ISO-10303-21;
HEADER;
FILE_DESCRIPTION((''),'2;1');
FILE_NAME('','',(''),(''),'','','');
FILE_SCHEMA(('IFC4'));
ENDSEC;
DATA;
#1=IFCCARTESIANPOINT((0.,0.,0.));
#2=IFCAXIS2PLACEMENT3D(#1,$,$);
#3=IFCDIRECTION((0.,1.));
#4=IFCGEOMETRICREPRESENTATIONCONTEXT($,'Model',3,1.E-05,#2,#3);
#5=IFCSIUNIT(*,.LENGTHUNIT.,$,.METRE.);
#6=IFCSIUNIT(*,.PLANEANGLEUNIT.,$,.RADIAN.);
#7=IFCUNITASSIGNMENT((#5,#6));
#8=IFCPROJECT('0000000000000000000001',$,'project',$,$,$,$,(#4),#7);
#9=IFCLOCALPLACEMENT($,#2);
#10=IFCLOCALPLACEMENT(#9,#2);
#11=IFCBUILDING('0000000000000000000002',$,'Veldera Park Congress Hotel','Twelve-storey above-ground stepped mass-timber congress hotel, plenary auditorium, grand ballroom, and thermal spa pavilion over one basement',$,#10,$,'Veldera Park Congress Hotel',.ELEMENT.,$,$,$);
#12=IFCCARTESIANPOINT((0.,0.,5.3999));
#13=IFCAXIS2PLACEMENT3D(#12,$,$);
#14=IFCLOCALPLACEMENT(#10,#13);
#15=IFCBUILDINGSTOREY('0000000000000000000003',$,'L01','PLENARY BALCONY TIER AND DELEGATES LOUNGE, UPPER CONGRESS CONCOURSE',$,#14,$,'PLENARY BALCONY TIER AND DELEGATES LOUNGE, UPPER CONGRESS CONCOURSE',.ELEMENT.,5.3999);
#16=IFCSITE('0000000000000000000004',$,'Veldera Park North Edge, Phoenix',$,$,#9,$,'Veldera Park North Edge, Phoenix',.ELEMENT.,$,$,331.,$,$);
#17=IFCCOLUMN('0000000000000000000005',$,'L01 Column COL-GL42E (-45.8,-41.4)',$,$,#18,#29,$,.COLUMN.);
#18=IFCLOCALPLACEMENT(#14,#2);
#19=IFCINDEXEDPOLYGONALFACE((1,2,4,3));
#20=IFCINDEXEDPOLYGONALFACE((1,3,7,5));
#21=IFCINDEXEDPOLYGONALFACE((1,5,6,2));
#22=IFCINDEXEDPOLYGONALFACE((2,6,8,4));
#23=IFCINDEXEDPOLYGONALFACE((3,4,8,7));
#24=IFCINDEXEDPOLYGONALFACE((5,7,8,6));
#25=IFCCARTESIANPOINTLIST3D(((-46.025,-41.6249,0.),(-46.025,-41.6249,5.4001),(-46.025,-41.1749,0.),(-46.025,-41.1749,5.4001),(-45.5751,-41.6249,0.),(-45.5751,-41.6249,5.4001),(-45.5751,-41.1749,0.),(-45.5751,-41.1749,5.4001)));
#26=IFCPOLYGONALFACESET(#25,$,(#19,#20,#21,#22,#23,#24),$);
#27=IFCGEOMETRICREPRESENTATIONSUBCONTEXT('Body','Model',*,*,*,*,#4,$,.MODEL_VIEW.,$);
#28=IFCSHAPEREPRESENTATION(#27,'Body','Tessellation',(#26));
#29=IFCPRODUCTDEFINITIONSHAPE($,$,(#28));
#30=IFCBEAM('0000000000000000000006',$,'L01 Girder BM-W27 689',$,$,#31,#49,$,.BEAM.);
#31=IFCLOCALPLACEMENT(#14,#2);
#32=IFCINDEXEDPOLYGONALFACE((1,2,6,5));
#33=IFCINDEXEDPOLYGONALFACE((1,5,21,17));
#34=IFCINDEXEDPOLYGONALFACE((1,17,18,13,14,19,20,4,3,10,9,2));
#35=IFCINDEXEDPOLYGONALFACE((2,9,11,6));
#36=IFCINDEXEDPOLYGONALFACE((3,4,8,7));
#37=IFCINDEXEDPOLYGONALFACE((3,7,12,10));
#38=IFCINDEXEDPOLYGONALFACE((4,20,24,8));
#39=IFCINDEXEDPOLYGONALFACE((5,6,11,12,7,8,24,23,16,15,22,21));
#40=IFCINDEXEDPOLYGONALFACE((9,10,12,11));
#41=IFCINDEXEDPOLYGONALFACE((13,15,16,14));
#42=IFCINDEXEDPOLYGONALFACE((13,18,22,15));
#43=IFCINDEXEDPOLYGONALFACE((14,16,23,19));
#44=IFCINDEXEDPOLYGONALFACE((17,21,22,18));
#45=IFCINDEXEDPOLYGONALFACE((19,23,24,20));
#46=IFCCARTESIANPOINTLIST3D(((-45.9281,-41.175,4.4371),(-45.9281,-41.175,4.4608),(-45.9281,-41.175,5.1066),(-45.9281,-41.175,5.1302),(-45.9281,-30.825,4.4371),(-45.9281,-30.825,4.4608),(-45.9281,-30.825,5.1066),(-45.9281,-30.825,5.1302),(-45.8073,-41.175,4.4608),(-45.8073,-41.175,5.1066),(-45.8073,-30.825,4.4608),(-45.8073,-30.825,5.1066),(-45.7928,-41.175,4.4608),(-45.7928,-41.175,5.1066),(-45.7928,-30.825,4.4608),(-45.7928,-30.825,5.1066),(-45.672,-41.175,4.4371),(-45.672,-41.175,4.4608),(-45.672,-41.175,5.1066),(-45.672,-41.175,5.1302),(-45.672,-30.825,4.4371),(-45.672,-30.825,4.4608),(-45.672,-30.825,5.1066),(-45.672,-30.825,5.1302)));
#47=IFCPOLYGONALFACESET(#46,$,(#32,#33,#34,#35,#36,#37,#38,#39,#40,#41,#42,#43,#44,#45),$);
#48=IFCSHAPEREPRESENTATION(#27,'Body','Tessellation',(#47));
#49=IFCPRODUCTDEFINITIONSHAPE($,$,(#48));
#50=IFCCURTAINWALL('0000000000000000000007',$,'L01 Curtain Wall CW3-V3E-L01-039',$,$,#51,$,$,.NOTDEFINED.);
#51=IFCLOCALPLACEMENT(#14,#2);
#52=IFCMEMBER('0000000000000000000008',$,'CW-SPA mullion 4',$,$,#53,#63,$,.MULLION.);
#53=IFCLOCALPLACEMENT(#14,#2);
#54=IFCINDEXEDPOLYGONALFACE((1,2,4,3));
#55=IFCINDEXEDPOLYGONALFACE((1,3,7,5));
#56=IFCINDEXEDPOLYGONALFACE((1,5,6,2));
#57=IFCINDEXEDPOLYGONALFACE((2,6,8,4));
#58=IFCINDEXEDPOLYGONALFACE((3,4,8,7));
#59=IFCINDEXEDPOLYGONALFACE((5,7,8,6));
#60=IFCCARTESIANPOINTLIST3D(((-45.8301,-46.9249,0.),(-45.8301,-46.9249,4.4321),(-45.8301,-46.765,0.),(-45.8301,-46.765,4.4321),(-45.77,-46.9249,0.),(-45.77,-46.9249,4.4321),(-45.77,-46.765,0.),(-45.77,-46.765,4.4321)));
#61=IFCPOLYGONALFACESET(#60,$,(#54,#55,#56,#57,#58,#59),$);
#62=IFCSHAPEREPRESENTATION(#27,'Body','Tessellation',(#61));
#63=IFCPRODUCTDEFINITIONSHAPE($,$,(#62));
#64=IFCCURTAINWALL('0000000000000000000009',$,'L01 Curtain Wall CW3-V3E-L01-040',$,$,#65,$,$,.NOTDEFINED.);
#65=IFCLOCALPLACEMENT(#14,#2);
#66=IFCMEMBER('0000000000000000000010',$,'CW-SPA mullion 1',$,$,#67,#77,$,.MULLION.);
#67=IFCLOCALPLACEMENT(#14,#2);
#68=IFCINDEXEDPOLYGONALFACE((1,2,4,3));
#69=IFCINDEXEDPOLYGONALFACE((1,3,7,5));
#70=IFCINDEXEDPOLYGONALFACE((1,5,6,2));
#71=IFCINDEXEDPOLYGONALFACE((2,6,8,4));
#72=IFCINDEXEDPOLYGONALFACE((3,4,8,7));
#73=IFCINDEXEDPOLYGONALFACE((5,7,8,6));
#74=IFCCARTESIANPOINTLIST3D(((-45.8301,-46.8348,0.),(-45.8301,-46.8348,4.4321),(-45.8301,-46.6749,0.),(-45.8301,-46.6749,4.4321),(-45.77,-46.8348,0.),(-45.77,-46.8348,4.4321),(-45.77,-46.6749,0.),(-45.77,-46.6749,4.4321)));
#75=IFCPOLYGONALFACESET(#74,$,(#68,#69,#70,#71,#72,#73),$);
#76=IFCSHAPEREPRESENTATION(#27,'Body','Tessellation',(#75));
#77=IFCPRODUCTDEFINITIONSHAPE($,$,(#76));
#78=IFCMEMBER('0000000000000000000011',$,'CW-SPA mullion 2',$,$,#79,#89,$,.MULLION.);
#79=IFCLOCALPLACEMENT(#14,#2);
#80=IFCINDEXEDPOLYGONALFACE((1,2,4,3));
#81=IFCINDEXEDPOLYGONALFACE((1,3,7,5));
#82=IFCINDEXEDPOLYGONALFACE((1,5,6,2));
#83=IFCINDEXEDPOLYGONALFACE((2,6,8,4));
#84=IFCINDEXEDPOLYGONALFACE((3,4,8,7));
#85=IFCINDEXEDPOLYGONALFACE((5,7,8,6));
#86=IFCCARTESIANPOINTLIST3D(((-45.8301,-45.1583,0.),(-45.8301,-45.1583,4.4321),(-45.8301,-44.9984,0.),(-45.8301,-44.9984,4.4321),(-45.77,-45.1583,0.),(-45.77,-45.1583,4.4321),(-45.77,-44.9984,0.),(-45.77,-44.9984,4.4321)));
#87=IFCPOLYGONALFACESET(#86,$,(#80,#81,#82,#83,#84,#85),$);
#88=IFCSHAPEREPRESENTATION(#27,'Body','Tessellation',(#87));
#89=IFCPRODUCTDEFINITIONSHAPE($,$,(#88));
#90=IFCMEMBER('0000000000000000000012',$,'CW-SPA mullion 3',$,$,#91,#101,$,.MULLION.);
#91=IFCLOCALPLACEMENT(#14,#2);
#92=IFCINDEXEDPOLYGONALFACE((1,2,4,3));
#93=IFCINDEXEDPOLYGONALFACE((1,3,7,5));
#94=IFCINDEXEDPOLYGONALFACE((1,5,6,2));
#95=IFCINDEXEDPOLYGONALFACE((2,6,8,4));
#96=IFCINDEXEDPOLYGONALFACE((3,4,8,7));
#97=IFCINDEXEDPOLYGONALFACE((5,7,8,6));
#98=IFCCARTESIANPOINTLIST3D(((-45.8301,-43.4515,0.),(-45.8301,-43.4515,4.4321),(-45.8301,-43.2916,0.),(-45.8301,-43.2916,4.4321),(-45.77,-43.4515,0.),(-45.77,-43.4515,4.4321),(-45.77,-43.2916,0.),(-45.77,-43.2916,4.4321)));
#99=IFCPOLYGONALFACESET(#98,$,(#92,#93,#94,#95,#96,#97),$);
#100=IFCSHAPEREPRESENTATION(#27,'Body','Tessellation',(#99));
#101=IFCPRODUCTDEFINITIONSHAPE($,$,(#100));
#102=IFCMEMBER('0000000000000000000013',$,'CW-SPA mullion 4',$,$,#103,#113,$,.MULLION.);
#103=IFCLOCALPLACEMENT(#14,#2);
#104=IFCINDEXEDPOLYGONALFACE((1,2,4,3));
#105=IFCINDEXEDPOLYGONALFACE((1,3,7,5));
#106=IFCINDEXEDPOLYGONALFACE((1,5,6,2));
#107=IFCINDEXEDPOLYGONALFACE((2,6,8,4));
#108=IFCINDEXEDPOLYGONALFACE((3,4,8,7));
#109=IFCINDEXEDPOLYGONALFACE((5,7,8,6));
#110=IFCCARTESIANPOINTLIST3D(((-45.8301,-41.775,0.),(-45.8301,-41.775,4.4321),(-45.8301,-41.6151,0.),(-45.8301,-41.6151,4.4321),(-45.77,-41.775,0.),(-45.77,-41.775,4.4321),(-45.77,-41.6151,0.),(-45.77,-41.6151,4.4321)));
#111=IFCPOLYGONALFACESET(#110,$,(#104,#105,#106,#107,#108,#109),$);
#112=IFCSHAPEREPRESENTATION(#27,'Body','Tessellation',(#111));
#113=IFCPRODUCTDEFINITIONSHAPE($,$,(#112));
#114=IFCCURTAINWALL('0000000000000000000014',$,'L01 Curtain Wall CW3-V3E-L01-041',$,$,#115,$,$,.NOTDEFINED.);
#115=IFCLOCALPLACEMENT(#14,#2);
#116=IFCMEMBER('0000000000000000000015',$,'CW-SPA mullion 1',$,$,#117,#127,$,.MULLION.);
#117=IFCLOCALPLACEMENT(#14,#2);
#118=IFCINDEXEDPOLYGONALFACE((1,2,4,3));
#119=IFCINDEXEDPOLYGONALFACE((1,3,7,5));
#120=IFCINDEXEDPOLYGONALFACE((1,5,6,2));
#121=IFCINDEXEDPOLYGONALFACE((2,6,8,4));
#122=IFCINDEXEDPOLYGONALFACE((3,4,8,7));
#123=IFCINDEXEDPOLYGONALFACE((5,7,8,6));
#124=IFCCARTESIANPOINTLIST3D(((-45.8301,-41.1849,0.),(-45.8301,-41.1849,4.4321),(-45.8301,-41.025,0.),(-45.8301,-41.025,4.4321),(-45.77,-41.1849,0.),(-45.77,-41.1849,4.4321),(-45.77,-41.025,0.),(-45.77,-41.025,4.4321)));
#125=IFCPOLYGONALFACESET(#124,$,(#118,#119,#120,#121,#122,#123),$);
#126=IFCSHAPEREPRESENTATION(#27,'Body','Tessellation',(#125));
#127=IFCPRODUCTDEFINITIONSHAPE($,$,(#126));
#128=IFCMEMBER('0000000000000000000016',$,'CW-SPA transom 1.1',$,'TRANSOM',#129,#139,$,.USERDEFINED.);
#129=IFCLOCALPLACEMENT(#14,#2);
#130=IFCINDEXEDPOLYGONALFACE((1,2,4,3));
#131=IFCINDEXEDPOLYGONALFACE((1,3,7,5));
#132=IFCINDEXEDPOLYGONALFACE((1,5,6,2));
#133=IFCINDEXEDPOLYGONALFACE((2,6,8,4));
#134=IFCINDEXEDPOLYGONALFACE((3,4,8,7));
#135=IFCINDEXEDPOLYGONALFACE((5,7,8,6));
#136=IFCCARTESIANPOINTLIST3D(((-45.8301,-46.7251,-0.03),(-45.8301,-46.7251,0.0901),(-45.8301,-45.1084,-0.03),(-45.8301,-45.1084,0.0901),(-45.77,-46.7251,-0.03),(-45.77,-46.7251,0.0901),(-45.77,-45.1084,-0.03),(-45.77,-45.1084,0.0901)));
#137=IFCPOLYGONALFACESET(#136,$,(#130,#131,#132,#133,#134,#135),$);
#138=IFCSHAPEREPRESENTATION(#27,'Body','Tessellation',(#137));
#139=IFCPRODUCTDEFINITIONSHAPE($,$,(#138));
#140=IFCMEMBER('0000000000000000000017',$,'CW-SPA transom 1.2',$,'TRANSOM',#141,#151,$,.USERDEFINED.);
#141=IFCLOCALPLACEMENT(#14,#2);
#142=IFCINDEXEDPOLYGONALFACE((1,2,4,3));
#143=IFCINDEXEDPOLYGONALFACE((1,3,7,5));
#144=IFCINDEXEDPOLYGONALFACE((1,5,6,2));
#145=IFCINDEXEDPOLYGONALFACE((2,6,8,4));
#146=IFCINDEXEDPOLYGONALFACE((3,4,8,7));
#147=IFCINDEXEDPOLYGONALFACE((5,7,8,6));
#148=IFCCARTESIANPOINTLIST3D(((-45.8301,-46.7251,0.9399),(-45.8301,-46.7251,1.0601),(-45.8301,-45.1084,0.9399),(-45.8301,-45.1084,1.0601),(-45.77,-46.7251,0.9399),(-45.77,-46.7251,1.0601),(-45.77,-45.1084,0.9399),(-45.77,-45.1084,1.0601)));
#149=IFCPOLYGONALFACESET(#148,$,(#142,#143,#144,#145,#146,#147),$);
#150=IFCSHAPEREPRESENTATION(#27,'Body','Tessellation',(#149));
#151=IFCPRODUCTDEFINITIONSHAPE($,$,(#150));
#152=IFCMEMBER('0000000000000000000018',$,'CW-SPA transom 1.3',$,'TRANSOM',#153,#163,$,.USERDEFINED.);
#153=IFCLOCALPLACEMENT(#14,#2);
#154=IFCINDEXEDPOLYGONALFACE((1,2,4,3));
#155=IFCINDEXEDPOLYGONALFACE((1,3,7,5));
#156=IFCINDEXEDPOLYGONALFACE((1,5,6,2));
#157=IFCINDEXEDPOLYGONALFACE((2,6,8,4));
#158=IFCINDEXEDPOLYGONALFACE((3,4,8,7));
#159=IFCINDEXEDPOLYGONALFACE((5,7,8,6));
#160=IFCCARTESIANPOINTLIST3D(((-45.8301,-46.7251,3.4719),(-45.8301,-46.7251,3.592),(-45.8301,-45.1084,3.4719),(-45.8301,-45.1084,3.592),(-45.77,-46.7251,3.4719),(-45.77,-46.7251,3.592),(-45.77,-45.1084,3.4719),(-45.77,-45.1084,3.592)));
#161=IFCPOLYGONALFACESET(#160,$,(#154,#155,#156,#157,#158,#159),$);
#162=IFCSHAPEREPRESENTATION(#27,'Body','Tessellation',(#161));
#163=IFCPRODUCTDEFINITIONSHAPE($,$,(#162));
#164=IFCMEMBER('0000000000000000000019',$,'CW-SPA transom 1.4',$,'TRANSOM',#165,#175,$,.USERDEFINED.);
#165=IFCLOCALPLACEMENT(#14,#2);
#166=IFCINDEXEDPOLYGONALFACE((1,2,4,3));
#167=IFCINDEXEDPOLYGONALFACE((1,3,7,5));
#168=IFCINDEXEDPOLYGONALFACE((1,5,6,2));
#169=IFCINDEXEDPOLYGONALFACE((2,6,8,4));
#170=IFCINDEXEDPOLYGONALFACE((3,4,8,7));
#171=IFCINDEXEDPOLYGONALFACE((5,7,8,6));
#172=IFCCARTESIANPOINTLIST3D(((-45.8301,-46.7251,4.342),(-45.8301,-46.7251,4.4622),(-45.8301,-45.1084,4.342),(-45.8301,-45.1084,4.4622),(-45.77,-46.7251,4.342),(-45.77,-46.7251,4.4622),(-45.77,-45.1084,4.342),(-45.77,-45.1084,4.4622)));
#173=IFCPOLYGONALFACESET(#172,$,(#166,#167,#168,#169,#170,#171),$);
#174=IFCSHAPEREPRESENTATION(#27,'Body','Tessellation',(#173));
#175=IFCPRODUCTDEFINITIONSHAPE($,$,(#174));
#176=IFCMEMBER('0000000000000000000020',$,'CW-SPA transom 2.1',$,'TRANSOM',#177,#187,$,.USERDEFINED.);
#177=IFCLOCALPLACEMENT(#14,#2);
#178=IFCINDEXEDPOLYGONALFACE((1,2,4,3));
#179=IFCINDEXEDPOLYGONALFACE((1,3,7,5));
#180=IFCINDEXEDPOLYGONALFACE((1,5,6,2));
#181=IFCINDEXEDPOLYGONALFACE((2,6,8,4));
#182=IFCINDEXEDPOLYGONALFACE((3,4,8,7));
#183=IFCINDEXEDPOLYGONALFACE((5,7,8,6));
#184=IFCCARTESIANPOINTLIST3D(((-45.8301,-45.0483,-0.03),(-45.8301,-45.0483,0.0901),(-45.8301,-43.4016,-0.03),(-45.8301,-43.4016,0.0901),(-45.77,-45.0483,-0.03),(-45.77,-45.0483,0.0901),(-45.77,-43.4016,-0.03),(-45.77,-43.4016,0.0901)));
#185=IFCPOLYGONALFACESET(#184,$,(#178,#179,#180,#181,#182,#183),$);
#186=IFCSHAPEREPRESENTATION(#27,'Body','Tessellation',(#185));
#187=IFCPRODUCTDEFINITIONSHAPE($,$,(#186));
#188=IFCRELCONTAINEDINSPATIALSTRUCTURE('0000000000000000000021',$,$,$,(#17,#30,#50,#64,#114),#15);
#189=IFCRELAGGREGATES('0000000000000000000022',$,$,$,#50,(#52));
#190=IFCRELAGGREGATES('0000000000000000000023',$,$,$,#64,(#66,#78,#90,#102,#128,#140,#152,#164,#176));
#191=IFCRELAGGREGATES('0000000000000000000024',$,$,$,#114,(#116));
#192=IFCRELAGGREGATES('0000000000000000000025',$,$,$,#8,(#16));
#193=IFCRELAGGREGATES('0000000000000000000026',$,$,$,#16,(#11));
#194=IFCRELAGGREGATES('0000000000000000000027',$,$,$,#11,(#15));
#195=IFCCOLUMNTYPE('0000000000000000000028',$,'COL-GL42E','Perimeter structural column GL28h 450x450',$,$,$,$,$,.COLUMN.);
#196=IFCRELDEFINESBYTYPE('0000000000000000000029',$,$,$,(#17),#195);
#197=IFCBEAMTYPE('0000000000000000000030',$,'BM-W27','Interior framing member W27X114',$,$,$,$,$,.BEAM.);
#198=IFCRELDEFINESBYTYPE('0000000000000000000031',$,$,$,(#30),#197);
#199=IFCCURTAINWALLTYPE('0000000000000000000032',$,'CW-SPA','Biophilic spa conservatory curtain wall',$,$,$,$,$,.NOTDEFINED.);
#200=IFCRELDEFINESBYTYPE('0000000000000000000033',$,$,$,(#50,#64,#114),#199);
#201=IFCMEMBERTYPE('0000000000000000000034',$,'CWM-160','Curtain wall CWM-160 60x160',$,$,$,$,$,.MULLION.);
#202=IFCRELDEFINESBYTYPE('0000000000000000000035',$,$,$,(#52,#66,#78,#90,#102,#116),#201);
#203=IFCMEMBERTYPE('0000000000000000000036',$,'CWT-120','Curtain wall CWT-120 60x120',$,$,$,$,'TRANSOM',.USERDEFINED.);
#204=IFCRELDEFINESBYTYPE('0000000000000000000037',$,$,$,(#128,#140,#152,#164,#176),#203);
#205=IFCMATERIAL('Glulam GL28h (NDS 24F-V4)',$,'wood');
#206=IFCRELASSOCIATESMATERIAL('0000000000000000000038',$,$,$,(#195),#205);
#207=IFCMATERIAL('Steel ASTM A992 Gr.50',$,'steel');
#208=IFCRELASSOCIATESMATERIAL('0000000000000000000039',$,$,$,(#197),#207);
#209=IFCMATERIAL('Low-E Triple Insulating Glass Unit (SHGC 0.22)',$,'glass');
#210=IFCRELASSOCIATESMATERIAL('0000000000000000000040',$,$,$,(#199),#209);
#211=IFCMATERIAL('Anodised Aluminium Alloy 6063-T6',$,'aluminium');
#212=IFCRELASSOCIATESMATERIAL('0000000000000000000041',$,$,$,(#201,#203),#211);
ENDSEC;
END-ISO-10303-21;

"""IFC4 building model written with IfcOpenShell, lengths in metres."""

from ifc_helpers import new_model, si_unit, direction, frame, origin, origin_2d, place, context, subcontext, project, spatial, rectangle, i_section, extrude, material, material_profile, profile_set, type_object, element, aggregate, save


model = new_model("IFC4")

# Units and contexts
model_context = context("Model", 3, precision=1e-05, world=origin(), true_north=direction((0.0, 1.0)))
body_context = subcontext(model_context, "Body", "Model", "MODEL_VIEW")
ifc_project = project(units=[si_unit("LENGTHUNIT", "METRE"), si_unit("PLANEANGLEUNIT", "RADIAN")], contexts=[model_context])

# Site, building, storey
site_placement = place(None, origin())
site = spatial("IfcSite", under=ifc_project, at=site_placement, Name="Veldera Park North Edge, Phoenix", LongName="Veldera Park North Edge, Phoenix", CompositionType="ELEMENT", RefElevation=331.0)
building_placement = place(site_placement, origin())
building = spatial("IfcBuilding", under=site, at=building_placement, Name="Veldera Park Congress Hotel", Description="Twelve-storey above-ground stepped mass-timber congress hotel, plenary auditorium, grand ballroom, and thermal spa pavilion over one basement", LongName="Veldera Park Congress Hotel", CompositionType="ELEMENT")
storey_placement = place(building_placement, frame((0.0, 0.0, 5.3999)))
storey = spatial("IfcBuildingStorey", under=building, at=storey_placement, Name="L01", Description="PLENARY BALCONY TIER AND DELEGATES LOUNGE, UPPER CONGRESS CONCOURSE", LongName="PLENARY BALCONY TIER AND DELEGATES LOUNGE, UPPER CONGRESS CONCOURSE", CompositionType="ELEMENT", Elevation=5.3999)

# Column
ifc_material_1 = material(Name="Glulam GL28h (NDS 24F-V4)", Category="wood")
ifc_material_profile_1 = material_profile(ifc_material_1, rectangle(XDim=0.45, YDim=0.45, at=origin_2d()), Name="GL28h 450x450")
ifc_profile_set_1 = profile_set([ifc_material_profile_1], Name="Glulam GL28h (NDS 24F-V4)")
column_type = type_object("IfcColumnType", Name="COL-GL42E", Description="Perimeter structural column GL28h 450x450", PredefinedType="COLUMN", material=ifc_profile_set_1)
column_placement = place(storey_placement, frame((-45.8, -41.3999, 0.0), z_axis=(0.0, 0.0, 1.0), x_axis=(1.0, 0.0, 0.0)))
element("IfcColumn", 1, at=column_placement, inside=storey, type_object=column_type, Name="L01 Column COL-GL42E (-45.8,-41.4)", PredefinedType="COLUMN", context=body_context, shape_type="SweptSolid", body=[
    extrude(rectangle(XDim=0.45, YDim=0.45, at=origin_2d()), origin(), (0.0, 0.0, 1.0), 5.4001),
])

# Beam
ifc_material_2 = material(Name="Steel ASTM A992 Gr.50", Category="steel")
ifc_material_profile_2 = material_profile(ifc_material_2, i_section(OverallWidth=0.2561, OverallDepth=0.6931, WebThickness=0.0144, FlangeThickness=0.0237, at=origin_2d()), Name="W27X114")
ifc_profile_set_2 = profile_set([ifc_material_profile_2], Name="Steel ASTM A992 Gr.50")
beam_type = type_object("IfcBeamType", Name="BM-W27", Description="Interior framing member W27X114", PredefinedType="BEAM", material=ifc_profile_set_2)
beam_placement = place(storey_placement, frame((-45.8, -41.175, 4.7837), z_axis=(0.0, 1.0, 0.0), x_axis=(-1.0, 0.0, 0.0)))
element("IfcBeam", 2, at=beam_placement, inside=storey, type_object=beam_type, Name="L01 Girder BM-W27 689", PredefinedType="BEAM", context=body_context, shape_type="SweptSolid", body=[
    extrude(i_section(OverallWidth=0.2561, OverallDepth=0.6931, WebThickness=0.0144, FlangeThickness=0.0237, at=origin_2d()), origin(), (0.0, 0.0, 1.0), 10.3501),
])

# Curtain wall, member
ifc_material_3 = material(Name="Low-E Triple Insulating Glass Unit (SHGC 0.22)", Category="glass")
curtain_wall_type = type_object("IfcCurtainWallType", Name="CW-SPA", Description="Biophilic spa conservatory curtain wall", PredefinedType="NOTDEFINED", material=ifc_material_3)
curtain_wall_1_placement = place(storey_placement, origin())
curtain_wall_1 = element("IfcCurtainWall", 3, at=curtain_wall_1_placement, inside=storey, type_object=curtain_wall_type, Name="L01 Curtain Wall CW3-V3E-L01-039", PredefinedType="NOTDEFINED")
ifc_material_4 = material(Name="Anodised Aluminium Alloy 6063-T6", Category="aluminium")
ifc_material_profile_3 = material_profile(ifc_material_4, rectangle(XDim=0.0601, YDim=0.1599, at=origin_2d()), Name="ALU 60x160")
ifc_profile_set_3 = profile_set([ifc_material_profile_3], Name="Anodised Aluminium Alloy 6063-T6")
member_type_1 = type_object("IfcMemberType", Name="CWM-160", Description="Curtain wall CWM-160 60x160", PredefinedType="MULLION", material=ifc_profile_set_3)
member_1_placement = place(storey_placement, frame((-45.8, -46.845, 0.0), z_axis=(0.0, 0.0, 1.0), x_axis=(-1.0, 0.0, 0.0)))
member_1 = element("IfcMember", 4, at=member_1_placement, type_object=member_type_1, Name="CW-SPA mullion 4", PredefinedType="MULLION", context=body_context, shape_type="SweptSolid", body=[
    extrude(rectangle(XDim=0.0601, YDim=0.1599, at=origin_2d()), origin(), (0.0, 0.0, 1.0), 4.4321),
])
aggregate(curtain_wall_1, [member_1])

# Curtain wall, members
curtain_wall_2_placement = place(storey_placement, origin())
curtain_wall_2 = element("IfcCurtainWall", 5, at=curtain_wall_2_placement, inside=storey, type_object=curtain_wall_type, Name="L01 Curtain Wall CW3-V3E-L01-040", PredefinedType="NOTDEFINED")
member_2_placement = place(storey_placement, frame((-45.8, -46.7549, 0.0), z_axis=(0.0, 0.0, 1.0), x_axis=(-1.0, 0.0, 0.0)))
member_2 = element("IfcMember", 6, at=member_2_placement, type_object=member_type_1, Name="CW-SPA mullion 1", PredefinedType="MULLION", context=body_context, shape_type="SweptSolid", body=[
    extrude(rectangle(XDim=0.0601, YDim=0.1599, at=origin_2d()), origin(), (0.0, 0.0, 1.0), 4.4321),
])
member_3_placement = place(storey_placement, frame((-45.8, -45.0784, 0.0), z_axis=(0.0, 0.0, 1.0), x_axis=(-1.0, 0.0, 0.0)))
member_3 = element("IfcMember", 7, at=member_3_placement, type_object=member_type_1, Name="CW-SPA mullion 2", PredefinedType="MULLION", context=body_context, shape_type="SweptSolid", body=[
    extrude(rectangle(XDim=0.0601, YDim=0.1599, at=origin_2d()), origin(), (0.0, 0.0, 1.0), 4.4321),
])
member_4_placement = place(storey_placement, frame((-45.8, -43.3716, 0.0), z_axis=(0.0, 0.0, 1.0), x_axis=(-1.0, 0.0, 0.0)))
member_4 = element("IfcMember", 8, at=member_4_placement, type_object=member_type_1, Name="CW-SPA mullion 3", PredefinedType="MULLION", context=body_context, shape_type="SweptSolid", body=[
    extrude(rectangle(XDim=0.0601, YDim=0.1599, at=origin_2d()), origin(), (0.0, 0.0, 1.0), 4.4321),
])
member_5_placement = place(storey_placement, frame((-45.8, -41.6951, 0.0), z_axis=(0.0, 0.0, 1.0), x_axis=(-1.0, 0.0, 0.0)))
member_5 = element("IfcMember", 9, at=member_5_placement, type_object=member_type_1, Name="CW-SPA mullion 4", PredefinedType="MULLION", context=body_context, shape_type="SweptSolid", body=[
    extrude(rectangle(XDim=0.0601, YDim=0.1599, at=origin_2d()), origin(), (0.0, 0.0, 1.0), 4.4321),
])

# Curtain wall, member
curtain_wall_3_placement = place(storey_placement, origin())
curtain_wall_3 = element("IfcCurtainWall", 10, at=curtain_wall_3_placement, inside=storey, type_object=curtain_wall_type, Name="L01 Curtain Wall CW3-V3E-L01-041", PredefinedType="NOTDEFINED")
member_6_placement = place(storey_placement, frame((-45.8, -41.105, 0.0), z_axis=(0.0, 0.0, 1.0), x_axis=(-1.0, 0.0, 0.0)))
member_6 = element("IfcMember", 11, at=member_6_placement, type_object=member_type_1, Name="CW-SPA mullion 1", PredefinedType="MULLION", context=body_context, shape_type="SweptSolid", body=[
    extrude(rectangle(XDim=0.0601, YDim=0.1599, at=origin_2d()), origin(), (0.0, 0.0, 1.0), 4.4321),
])

# Members
ifc_material_profile_4 = material_profile(ifc_material_4, rectangle(XDim=0.0601, YDim=0.1201, at=origin_2d()), Name="ALU 60x120")
ifc_profile_set_4 = profile_set([ifc_material_profile_4], Name="Anodised Aluminium Alloy 6063-T6")
member_type_2 = type_object("IfcMemberType", Name="CWT-120", Description="Curtain wall CWT-120 60x120", ElementType="TRANSOM", PredefinedType="USERDEFINED", material=ifc_profile_set_4)
member_7_placement = place(storey_placement, frame((-45.8, -46.7251, 0.03), z_axis=(0.0, 1.0, 0.0), x_axis=(-1.0, 0.0, 0.0)))
member_7 = element("IfcMember", 12, at=member_7_placement, type_object=member_type_2, Name="CW-SPA transom 1.1", ObjectType="TRANSOM", PredefinedType="USERDEFINED", context=body_context, shape_type="SweptSolid", body=[
    extrude(rectangle(XDim=0.0601, YDim=0.1201, at=origin_2d()), origin(), (0.0, 0.0, 1.0), 1.6167),
])
member_8_placement = place(storey_placement, frame((-45.8, -46.7251, 1.0), z_axis=(0.0, 1.0, 0.0), x_axis=(-1.0, 0.0, 0.0)))
member_8 = element("IfcMember", 13, at=member_8_placement, type_object=member_type_2, Name="CW-SPA transom 1.2", ObjectType="TRANSOM", PredefinedType="USERDEFINED", context=body_context, shape_type="SweptSolid", body=[
    extrude(rectangle(XDim=0.0601, YDim=0.1201, at=origin_2d()), origin(), (0.0, 0.0, 1.0), 1.6167),
])
member_9_placement = place(storey_placement, frame((-45.8, -46.7251, 3.532), z_axis=(0.0, 1.0, 0.0), x_axis=(-1.0, 0.0, 0.0)))
member_9 = element("IfcMember", 14, at=member_9_placement, type_object=member_type_2, Name="CW-SPA transom 1.3", ObjectType="TRANSOM", PredefinedType="USERDEFINED", context=body_context, shape_type="SweptSolid", body=[
    extrude(rectangle(XDim=0.0601, YDim=0.1201, at=origin_2d()), origin(), (0.0, 0.0, 1.0), 1.6167),
])
member_10_placement = place(storey_placement, frame((-45.8, -46.7251, 4.4021), z_axis=(0.0, 1.0, 0.0), x_axis=(-1.0, 0.0, 0.0)))
member_10 = element("IfcMember", 15, at=member_10_placement, type_object=member_type_2, Name="CW-SPA transom 1.4", ObjectType="TRANSOM", PredefinedType="USERDEFINED", context=body_context, shape_type="SweptSolid", body=[
    extrude(rectangle(XDim=0.0601, YDim=0.1201, at=origin_2d()), origin(), (0.0, 0.0, 1.0), 1.6167),
])
member_11_placement = place(storey_placement, frame((-45.8, -45.0483, 0.03), z_axis=(0.0, 1.0, 0.0), x_axis=(-1.0, 0.0, 0.0)))
member_11 = element("IfcMember", 16, at=member_11_placement, type_object=member_type_2, Name="CW-SPA transom 2.1", ObjectType="TRANSOM", PredefinedType="USERDEFINED", context=body_context, shape_type="SweptSolid", body=[
    extrude(rectangle(XDim=0.0601, YDim=0.1201, at=origin_2d()), origin(), (0.0, 0.0, 1.0), 1.6467),
])

aggregate(curtain_wall_2, [member_2, member_3, member_4, member_5, member_7, member_8, member_9, member_10, member_11])
aggregate(curtain_wall_3, [member_6])

save(model, "model.ifc")
